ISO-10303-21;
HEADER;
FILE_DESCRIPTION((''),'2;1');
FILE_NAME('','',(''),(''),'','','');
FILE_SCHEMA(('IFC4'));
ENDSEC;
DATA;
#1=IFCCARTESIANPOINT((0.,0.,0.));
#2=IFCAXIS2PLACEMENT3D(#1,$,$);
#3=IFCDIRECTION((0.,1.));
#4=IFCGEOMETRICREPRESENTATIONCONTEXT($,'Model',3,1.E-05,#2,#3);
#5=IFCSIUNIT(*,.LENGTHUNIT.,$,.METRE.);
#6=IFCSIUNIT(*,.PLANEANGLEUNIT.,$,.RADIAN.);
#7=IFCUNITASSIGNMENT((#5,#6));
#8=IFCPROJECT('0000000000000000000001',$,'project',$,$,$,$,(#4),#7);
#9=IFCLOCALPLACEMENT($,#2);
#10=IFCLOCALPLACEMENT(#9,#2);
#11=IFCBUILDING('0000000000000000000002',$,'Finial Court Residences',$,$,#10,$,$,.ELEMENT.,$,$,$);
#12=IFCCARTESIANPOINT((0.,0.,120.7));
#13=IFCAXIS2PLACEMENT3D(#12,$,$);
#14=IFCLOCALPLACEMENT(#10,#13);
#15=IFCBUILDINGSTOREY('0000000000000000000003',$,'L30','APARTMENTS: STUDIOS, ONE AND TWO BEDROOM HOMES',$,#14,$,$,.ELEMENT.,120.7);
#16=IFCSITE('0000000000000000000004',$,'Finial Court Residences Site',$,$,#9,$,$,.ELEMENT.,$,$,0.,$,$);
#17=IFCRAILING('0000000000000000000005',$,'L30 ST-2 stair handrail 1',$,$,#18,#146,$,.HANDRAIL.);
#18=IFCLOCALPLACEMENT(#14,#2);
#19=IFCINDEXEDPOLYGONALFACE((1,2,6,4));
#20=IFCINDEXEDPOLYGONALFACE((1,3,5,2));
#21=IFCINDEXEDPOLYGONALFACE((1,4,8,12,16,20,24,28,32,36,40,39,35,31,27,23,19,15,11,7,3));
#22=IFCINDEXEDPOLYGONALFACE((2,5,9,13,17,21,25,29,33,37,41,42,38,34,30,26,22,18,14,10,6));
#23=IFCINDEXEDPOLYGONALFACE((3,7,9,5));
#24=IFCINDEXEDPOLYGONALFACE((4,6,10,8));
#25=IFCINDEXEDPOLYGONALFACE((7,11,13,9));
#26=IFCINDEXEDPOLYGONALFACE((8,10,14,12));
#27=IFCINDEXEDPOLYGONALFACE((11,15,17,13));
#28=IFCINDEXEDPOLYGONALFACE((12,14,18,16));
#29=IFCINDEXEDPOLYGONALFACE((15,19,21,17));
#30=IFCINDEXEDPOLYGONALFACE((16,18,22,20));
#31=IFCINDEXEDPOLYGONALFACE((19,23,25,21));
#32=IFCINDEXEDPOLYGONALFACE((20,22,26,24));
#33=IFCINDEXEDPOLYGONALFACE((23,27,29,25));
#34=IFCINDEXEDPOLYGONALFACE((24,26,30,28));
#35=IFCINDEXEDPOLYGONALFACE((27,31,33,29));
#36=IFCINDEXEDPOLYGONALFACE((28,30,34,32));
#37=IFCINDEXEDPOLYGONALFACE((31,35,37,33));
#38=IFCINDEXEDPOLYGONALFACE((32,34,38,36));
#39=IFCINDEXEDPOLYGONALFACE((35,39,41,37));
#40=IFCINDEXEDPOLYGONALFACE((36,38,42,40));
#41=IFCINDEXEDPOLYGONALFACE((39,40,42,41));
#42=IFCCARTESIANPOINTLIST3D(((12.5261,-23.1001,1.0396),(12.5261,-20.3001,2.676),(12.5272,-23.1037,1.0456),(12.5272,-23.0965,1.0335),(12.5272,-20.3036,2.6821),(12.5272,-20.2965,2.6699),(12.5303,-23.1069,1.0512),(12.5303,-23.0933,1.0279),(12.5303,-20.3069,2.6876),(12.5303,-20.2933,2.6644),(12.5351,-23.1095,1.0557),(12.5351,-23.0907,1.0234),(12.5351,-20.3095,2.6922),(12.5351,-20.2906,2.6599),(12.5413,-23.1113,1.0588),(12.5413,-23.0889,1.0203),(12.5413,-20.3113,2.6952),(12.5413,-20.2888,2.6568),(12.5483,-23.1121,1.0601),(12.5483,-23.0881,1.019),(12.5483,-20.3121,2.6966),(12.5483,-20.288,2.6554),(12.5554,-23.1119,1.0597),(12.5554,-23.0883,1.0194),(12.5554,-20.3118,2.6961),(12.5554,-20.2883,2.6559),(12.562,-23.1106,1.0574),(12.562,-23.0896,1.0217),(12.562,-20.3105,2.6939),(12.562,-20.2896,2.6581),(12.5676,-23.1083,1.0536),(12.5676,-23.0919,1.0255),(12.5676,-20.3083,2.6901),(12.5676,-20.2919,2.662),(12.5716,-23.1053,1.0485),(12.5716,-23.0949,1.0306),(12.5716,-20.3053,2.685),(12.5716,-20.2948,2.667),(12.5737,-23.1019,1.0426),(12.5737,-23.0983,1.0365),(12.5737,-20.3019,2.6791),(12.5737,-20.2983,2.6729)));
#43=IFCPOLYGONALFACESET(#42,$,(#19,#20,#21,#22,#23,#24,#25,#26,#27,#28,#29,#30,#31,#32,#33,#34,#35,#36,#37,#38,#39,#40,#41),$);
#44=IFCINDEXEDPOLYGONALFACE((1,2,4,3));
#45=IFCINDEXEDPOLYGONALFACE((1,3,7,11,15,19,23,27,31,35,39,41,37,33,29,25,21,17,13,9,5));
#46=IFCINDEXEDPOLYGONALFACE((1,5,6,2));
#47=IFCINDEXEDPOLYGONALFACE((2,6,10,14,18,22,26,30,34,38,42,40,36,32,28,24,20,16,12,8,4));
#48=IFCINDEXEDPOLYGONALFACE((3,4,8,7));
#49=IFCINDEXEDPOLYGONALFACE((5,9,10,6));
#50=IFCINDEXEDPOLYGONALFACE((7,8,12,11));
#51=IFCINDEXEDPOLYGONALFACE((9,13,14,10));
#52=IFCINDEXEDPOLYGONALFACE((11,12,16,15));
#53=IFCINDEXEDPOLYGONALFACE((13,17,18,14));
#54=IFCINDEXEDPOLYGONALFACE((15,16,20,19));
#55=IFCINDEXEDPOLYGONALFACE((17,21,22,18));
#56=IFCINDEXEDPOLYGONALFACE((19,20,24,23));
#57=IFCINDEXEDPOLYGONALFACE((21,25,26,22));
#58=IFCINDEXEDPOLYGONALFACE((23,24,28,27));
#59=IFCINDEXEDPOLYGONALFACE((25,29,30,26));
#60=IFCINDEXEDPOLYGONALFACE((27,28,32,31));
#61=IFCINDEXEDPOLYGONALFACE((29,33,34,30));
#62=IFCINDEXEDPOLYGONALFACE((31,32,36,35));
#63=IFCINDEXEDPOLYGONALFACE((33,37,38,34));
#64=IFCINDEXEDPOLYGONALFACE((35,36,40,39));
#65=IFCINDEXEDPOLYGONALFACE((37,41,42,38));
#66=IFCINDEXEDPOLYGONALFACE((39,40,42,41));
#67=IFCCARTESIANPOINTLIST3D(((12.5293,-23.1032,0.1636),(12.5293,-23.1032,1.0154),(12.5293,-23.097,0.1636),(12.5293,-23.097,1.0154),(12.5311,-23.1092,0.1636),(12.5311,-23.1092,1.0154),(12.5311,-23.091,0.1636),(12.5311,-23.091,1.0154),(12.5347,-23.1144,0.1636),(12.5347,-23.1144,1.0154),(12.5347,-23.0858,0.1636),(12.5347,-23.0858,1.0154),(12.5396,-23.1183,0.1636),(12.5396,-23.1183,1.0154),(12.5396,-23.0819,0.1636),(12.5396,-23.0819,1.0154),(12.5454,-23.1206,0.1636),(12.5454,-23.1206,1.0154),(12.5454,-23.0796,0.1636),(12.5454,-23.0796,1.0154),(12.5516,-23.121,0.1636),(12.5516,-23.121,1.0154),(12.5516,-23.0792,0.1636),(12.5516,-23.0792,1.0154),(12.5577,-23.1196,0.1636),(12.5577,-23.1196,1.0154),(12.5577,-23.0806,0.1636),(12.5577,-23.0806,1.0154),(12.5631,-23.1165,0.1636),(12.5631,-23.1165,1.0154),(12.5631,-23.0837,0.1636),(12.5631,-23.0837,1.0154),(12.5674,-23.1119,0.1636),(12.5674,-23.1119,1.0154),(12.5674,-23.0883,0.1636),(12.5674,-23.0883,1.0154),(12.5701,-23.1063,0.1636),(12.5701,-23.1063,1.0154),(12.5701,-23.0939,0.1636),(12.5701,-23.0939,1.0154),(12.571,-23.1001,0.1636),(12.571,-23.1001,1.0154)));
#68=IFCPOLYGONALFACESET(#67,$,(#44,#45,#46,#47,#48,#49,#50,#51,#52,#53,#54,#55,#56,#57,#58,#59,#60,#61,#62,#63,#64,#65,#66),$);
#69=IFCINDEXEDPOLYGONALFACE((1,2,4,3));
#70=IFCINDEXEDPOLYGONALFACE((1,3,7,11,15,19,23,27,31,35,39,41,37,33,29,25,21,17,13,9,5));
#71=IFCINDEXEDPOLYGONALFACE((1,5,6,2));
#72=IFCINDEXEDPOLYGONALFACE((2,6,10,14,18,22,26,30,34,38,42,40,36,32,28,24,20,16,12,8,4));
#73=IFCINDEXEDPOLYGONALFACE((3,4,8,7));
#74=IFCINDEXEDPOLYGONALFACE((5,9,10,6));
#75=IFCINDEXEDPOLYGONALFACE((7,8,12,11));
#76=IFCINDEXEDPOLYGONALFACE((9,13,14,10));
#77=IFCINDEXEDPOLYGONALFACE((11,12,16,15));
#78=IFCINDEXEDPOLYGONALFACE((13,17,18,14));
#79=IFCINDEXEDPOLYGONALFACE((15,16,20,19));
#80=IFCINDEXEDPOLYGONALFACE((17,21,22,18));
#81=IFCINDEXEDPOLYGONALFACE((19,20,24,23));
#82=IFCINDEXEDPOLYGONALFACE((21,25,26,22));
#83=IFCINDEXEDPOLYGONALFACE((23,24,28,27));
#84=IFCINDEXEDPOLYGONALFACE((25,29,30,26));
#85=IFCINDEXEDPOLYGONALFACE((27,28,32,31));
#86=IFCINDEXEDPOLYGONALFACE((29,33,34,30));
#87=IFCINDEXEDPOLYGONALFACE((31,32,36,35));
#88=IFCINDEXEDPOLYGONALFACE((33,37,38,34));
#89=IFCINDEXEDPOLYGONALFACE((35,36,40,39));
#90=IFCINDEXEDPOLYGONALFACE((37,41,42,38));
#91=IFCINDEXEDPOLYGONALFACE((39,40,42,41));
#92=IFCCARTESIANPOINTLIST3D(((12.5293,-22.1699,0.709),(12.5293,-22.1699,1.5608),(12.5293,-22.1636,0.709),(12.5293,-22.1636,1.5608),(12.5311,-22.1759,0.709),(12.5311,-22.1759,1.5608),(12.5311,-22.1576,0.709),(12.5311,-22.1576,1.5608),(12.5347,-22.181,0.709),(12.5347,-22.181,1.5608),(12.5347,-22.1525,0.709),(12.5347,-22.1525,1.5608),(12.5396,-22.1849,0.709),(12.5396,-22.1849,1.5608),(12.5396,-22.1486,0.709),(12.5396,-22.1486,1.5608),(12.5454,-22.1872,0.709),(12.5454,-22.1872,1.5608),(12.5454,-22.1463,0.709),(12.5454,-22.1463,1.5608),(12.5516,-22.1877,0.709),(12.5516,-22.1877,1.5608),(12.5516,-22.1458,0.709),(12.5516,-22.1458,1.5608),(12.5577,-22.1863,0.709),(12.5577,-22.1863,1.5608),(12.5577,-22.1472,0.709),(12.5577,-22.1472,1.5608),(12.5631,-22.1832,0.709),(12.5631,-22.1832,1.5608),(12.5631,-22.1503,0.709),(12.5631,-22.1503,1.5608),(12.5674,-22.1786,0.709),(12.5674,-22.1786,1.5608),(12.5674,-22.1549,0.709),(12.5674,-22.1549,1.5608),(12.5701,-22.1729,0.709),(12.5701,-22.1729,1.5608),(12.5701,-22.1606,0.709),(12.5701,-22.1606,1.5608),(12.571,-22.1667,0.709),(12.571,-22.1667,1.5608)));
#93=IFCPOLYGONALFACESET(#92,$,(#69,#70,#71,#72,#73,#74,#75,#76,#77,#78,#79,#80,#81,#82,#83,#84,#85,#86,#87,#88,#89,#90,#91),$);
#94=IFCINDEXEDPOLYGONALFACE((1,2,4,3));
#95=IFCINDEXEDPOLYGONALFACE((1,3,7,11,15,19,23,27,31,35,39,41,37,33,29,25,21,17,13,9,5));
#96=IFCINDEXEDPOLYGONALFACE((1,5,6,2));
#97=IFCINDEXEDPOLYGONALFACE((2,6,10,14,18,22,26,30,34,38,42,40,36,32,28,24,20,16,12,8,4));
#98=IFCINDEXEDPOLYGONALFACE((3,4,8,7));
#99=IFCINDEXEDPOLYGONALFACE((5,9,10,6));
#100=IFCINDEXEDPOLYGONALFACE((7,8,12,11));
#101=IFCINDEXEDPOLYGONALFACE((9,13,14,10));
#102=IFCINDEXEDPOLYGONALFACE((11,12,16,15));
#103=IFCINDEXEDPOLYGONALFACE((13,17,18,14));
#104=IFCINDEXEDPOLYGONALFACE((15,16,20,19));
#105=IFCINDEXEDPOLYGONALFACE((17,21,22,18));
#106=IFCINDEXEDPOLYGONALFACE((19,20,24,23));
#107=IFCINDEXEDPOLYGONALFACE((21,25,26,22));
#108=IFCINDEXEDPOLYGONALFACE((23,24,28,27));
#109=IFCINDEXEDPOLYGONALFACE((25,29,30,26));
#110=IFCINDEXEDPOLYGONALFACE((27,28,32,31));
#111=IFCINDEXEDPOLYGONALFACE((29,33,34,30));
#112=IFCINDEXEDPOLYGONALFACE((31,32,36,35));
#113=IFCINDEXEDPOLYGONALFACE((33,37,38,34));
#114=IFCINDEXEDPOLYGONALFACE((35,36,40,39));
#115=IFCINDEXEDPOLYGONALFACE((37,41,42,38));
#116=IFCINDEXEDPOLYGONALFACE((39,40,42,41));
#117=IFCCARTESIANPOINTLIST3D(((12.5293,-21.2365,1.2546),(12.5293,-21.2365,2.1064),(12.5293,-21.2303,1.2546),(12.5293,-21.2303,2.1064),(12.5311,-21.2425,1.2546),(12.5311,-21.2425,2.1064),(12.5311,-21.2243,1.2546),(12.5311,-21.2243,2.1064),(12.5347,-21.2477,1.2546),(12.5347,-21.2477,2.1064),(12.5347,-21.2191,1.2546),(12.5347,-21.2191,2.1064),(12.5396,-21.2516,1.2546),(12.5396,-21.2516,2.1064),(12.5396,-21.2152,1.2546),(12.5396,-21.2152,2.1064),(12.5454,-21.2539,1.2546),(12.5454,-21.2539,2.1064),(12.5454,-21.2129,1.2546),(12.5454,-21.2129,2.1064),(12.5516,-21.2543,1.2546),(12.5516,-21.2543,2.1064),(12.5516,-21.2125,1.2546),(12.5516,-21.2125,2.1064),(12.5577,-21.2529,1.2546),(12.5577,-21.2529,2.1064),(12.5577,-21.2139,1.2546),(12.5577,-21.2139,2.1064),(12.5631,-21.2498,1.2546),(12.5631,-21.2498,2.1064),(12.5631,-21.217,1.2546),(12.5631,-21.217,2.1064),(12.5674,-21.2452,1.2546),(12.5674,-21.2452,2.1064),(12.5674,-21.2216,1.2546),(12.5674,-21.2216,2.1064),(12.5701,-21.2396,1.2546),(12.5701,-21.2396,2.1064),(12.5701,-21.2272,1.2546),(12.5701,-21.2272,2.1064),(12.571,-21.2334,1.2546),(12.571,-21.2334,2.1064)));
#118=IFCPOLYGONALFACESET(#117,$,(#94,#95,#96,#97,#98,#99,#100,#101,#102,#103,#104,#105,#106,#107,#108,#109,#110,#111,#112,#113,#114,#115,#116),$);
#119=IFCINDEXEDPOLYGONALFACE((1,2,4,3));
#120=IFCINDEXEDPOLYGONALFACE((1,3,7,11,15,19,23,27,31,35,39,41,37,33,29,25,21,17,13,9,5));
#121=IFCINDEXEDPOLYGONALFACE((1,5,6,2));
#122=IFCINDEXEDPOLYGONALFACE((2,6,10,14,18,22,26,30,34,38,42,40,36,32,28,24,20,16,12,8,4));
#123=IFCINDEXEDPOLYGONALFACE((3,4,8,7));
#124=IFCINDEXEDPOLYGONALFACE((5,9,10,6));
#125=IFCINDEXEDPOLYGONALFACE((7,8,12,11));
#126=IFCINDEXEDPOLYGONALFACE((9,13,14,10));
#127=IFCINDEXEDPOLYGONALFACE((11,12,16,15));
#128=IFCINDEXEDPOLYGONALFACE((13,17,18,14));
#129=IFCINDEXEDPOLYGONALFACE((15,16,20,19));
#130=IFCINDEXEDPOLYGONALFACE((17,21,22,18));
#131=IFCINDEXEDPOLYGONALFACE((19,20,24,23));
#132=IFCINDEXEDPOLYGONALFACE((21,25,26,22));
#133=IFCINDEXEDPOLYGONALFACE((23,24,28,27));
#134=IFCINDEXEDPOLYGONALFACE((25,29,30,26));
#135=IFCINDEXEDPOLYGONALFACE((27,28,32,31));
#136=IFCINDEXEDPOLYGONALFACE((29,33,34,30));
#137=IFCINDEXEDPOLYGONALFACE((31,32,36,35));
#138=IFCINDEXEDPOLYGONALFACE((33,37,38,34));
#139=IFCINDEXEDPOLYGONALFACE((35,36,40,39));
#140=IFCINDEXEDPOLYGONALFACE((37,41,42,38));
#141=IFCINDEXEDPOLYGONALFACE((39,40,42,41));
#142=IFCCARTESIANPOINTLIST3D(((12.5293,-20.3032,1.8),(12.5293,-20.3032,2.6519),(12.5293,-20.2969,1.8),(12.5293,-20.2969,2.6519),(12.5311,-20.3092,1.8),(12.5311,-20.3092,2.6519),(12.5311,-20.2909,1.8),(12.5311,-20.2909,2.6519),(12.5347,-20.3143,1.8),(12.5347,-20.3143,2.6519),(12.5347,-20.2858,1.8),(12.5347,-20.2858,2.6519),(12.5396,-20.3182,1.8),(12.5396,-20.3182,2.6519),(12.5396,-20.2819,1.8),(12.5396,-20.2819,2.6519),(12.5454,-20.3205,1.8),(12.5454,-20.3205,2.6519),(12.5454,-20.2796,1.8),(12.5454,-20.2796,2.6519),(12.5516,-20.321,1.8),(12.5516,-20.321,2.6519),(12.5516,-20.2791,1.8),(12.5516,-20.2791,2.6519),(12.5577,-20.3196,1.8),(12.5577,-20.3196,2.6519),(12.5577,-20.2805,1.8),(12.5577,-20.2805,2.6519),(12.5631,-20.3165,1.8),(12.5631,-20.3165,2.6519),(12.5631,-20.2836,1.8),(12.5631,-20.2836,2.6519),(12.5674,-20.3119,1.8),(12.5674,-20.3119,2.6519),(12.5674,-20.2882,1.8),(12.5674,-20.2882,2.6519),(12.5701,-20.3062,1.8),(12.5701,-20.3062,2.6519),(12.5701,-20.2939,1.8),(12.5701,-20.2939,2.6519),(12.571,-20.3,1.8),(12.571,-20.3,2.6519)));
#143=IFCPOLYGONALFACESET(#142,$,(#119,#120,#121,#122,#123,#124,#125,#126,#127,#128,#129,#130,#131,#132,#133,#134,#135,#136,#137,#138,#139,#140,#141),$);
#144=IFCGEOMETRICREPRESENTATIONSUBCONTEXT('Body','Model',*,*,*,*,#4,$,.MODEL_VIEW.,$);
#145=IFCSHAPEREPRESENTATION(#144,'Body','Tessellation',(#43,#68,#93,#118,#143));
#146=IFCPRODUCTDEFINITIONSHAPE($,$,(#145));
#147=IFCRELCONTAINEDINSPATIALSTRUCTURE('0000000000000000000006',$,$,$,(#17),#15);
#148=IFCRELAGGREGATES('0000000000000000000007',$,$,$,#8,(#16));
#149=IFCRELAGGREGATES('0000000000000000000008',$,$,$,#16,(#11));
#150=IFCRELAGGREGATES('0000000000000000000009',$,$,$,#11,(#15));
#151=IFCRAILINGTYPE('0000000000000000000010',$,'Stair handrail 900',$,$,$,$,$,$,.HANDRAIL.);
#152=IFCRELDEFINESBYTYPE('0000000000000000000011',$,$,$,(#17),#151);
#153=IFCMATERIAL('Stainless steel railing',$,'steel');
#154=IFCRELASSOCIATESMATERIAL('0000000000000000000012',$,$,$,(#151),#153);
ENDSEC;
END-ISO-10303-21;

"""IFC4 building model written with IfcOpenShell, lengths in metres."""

from ifc_helpers import new_model, si_unit, direction, frame, origin, origin_2d, place, context, subcontext, project, spatial, circle, extrude, material, type_object, element, save


model = new_model("IFC4")

# Units and contexts
model_context = context("Model", 3, precision=1e-05, world=origin(), true_north=direction((0.0, 1.0)))
body_context = subcontext(model_context, "Body", "Model", "MODEL_VIEW")
ifc_project = project(units=[si_unit("LENGTHUNIT", "METRE"), si_unit("PLANEANGLEUNIT", "RADIAN")], contexts=[model_context])

# Site, building, storey
site_placement = place(None, origin())
site = spatial("IfcSite", under=ifc_project, at=site_placement, Name="Finial Court Residences Site", CompositionType="ELEMENT", RefElevation=0.0)
building_placement = place(site_placement, origin())
building = spatial("IfcBuilding", under=site, at=building_placement, Name="Finial Court Residences", CompositionType="ELEMENT")
storey_placement = place(building_placement, frame((0.0, 0.0, 120.7)))
storey = spatial("IfcBuildingStorey", under=building, at=storey_placement, Name="L30", Description="APARTMENTS: STUDIOS, ONE AND TWO BEDROOM HOMES", CompositionType="ELEMENT", Elevation=120.7)

# Railing
ifc_material_1 = material(Name="Stainless steel railing", Category="steel")
railing_type_1 = type_object("IfcRailingType", Name="Stair handrail 900", PredefinedType="HANDRAIL", material=ifc_material_1)
railing_1_placement = place(storey_placement, frame((12.55, -23.1001, 0.1636)))
element("IfcRailing", 1, at=railing_1_placement, inside=storey, type_object=railing_type_1, Name="L30 ST-2 stair handrail 1", PredefinedType="HANDRAIL", context=body_context, shape_type="SweptSolid", body=[
    extrude(circle(Radius=0.0239, at=origin_2d()), frame((0.0, 0.0, 0.876), z_axis=(0.0, 0.863361, 0.504587), x_axis=(-1.0, 0.0, 0.0)), (0.0, 0.0, 1.0), 3.2432),
    extrude(circle(Radius=0.021, at=origin_2d()), origin(), (0.0, 0.0, 1.0), 0.8518),
    extrude(circle(Radius=0.021, at=origin_2d()), frame((0.0, 0.9333, 0.5454)), (0.0, 0.0, 1.0), 0.8518),
    extrude(circle(Radius=0.021, at=origin_2d()), frame((0.0, 1.8667, 1.0911)), (0.0, 0.0, 1.0), 0.8518),
    extrude(circle(Radius=0.021, at=origin_2d()), frame((0.0, 2.8, 1.6365)), (0.0, 0.0, 1.0), 0.8518),
])

save(model, "model.ifc")
